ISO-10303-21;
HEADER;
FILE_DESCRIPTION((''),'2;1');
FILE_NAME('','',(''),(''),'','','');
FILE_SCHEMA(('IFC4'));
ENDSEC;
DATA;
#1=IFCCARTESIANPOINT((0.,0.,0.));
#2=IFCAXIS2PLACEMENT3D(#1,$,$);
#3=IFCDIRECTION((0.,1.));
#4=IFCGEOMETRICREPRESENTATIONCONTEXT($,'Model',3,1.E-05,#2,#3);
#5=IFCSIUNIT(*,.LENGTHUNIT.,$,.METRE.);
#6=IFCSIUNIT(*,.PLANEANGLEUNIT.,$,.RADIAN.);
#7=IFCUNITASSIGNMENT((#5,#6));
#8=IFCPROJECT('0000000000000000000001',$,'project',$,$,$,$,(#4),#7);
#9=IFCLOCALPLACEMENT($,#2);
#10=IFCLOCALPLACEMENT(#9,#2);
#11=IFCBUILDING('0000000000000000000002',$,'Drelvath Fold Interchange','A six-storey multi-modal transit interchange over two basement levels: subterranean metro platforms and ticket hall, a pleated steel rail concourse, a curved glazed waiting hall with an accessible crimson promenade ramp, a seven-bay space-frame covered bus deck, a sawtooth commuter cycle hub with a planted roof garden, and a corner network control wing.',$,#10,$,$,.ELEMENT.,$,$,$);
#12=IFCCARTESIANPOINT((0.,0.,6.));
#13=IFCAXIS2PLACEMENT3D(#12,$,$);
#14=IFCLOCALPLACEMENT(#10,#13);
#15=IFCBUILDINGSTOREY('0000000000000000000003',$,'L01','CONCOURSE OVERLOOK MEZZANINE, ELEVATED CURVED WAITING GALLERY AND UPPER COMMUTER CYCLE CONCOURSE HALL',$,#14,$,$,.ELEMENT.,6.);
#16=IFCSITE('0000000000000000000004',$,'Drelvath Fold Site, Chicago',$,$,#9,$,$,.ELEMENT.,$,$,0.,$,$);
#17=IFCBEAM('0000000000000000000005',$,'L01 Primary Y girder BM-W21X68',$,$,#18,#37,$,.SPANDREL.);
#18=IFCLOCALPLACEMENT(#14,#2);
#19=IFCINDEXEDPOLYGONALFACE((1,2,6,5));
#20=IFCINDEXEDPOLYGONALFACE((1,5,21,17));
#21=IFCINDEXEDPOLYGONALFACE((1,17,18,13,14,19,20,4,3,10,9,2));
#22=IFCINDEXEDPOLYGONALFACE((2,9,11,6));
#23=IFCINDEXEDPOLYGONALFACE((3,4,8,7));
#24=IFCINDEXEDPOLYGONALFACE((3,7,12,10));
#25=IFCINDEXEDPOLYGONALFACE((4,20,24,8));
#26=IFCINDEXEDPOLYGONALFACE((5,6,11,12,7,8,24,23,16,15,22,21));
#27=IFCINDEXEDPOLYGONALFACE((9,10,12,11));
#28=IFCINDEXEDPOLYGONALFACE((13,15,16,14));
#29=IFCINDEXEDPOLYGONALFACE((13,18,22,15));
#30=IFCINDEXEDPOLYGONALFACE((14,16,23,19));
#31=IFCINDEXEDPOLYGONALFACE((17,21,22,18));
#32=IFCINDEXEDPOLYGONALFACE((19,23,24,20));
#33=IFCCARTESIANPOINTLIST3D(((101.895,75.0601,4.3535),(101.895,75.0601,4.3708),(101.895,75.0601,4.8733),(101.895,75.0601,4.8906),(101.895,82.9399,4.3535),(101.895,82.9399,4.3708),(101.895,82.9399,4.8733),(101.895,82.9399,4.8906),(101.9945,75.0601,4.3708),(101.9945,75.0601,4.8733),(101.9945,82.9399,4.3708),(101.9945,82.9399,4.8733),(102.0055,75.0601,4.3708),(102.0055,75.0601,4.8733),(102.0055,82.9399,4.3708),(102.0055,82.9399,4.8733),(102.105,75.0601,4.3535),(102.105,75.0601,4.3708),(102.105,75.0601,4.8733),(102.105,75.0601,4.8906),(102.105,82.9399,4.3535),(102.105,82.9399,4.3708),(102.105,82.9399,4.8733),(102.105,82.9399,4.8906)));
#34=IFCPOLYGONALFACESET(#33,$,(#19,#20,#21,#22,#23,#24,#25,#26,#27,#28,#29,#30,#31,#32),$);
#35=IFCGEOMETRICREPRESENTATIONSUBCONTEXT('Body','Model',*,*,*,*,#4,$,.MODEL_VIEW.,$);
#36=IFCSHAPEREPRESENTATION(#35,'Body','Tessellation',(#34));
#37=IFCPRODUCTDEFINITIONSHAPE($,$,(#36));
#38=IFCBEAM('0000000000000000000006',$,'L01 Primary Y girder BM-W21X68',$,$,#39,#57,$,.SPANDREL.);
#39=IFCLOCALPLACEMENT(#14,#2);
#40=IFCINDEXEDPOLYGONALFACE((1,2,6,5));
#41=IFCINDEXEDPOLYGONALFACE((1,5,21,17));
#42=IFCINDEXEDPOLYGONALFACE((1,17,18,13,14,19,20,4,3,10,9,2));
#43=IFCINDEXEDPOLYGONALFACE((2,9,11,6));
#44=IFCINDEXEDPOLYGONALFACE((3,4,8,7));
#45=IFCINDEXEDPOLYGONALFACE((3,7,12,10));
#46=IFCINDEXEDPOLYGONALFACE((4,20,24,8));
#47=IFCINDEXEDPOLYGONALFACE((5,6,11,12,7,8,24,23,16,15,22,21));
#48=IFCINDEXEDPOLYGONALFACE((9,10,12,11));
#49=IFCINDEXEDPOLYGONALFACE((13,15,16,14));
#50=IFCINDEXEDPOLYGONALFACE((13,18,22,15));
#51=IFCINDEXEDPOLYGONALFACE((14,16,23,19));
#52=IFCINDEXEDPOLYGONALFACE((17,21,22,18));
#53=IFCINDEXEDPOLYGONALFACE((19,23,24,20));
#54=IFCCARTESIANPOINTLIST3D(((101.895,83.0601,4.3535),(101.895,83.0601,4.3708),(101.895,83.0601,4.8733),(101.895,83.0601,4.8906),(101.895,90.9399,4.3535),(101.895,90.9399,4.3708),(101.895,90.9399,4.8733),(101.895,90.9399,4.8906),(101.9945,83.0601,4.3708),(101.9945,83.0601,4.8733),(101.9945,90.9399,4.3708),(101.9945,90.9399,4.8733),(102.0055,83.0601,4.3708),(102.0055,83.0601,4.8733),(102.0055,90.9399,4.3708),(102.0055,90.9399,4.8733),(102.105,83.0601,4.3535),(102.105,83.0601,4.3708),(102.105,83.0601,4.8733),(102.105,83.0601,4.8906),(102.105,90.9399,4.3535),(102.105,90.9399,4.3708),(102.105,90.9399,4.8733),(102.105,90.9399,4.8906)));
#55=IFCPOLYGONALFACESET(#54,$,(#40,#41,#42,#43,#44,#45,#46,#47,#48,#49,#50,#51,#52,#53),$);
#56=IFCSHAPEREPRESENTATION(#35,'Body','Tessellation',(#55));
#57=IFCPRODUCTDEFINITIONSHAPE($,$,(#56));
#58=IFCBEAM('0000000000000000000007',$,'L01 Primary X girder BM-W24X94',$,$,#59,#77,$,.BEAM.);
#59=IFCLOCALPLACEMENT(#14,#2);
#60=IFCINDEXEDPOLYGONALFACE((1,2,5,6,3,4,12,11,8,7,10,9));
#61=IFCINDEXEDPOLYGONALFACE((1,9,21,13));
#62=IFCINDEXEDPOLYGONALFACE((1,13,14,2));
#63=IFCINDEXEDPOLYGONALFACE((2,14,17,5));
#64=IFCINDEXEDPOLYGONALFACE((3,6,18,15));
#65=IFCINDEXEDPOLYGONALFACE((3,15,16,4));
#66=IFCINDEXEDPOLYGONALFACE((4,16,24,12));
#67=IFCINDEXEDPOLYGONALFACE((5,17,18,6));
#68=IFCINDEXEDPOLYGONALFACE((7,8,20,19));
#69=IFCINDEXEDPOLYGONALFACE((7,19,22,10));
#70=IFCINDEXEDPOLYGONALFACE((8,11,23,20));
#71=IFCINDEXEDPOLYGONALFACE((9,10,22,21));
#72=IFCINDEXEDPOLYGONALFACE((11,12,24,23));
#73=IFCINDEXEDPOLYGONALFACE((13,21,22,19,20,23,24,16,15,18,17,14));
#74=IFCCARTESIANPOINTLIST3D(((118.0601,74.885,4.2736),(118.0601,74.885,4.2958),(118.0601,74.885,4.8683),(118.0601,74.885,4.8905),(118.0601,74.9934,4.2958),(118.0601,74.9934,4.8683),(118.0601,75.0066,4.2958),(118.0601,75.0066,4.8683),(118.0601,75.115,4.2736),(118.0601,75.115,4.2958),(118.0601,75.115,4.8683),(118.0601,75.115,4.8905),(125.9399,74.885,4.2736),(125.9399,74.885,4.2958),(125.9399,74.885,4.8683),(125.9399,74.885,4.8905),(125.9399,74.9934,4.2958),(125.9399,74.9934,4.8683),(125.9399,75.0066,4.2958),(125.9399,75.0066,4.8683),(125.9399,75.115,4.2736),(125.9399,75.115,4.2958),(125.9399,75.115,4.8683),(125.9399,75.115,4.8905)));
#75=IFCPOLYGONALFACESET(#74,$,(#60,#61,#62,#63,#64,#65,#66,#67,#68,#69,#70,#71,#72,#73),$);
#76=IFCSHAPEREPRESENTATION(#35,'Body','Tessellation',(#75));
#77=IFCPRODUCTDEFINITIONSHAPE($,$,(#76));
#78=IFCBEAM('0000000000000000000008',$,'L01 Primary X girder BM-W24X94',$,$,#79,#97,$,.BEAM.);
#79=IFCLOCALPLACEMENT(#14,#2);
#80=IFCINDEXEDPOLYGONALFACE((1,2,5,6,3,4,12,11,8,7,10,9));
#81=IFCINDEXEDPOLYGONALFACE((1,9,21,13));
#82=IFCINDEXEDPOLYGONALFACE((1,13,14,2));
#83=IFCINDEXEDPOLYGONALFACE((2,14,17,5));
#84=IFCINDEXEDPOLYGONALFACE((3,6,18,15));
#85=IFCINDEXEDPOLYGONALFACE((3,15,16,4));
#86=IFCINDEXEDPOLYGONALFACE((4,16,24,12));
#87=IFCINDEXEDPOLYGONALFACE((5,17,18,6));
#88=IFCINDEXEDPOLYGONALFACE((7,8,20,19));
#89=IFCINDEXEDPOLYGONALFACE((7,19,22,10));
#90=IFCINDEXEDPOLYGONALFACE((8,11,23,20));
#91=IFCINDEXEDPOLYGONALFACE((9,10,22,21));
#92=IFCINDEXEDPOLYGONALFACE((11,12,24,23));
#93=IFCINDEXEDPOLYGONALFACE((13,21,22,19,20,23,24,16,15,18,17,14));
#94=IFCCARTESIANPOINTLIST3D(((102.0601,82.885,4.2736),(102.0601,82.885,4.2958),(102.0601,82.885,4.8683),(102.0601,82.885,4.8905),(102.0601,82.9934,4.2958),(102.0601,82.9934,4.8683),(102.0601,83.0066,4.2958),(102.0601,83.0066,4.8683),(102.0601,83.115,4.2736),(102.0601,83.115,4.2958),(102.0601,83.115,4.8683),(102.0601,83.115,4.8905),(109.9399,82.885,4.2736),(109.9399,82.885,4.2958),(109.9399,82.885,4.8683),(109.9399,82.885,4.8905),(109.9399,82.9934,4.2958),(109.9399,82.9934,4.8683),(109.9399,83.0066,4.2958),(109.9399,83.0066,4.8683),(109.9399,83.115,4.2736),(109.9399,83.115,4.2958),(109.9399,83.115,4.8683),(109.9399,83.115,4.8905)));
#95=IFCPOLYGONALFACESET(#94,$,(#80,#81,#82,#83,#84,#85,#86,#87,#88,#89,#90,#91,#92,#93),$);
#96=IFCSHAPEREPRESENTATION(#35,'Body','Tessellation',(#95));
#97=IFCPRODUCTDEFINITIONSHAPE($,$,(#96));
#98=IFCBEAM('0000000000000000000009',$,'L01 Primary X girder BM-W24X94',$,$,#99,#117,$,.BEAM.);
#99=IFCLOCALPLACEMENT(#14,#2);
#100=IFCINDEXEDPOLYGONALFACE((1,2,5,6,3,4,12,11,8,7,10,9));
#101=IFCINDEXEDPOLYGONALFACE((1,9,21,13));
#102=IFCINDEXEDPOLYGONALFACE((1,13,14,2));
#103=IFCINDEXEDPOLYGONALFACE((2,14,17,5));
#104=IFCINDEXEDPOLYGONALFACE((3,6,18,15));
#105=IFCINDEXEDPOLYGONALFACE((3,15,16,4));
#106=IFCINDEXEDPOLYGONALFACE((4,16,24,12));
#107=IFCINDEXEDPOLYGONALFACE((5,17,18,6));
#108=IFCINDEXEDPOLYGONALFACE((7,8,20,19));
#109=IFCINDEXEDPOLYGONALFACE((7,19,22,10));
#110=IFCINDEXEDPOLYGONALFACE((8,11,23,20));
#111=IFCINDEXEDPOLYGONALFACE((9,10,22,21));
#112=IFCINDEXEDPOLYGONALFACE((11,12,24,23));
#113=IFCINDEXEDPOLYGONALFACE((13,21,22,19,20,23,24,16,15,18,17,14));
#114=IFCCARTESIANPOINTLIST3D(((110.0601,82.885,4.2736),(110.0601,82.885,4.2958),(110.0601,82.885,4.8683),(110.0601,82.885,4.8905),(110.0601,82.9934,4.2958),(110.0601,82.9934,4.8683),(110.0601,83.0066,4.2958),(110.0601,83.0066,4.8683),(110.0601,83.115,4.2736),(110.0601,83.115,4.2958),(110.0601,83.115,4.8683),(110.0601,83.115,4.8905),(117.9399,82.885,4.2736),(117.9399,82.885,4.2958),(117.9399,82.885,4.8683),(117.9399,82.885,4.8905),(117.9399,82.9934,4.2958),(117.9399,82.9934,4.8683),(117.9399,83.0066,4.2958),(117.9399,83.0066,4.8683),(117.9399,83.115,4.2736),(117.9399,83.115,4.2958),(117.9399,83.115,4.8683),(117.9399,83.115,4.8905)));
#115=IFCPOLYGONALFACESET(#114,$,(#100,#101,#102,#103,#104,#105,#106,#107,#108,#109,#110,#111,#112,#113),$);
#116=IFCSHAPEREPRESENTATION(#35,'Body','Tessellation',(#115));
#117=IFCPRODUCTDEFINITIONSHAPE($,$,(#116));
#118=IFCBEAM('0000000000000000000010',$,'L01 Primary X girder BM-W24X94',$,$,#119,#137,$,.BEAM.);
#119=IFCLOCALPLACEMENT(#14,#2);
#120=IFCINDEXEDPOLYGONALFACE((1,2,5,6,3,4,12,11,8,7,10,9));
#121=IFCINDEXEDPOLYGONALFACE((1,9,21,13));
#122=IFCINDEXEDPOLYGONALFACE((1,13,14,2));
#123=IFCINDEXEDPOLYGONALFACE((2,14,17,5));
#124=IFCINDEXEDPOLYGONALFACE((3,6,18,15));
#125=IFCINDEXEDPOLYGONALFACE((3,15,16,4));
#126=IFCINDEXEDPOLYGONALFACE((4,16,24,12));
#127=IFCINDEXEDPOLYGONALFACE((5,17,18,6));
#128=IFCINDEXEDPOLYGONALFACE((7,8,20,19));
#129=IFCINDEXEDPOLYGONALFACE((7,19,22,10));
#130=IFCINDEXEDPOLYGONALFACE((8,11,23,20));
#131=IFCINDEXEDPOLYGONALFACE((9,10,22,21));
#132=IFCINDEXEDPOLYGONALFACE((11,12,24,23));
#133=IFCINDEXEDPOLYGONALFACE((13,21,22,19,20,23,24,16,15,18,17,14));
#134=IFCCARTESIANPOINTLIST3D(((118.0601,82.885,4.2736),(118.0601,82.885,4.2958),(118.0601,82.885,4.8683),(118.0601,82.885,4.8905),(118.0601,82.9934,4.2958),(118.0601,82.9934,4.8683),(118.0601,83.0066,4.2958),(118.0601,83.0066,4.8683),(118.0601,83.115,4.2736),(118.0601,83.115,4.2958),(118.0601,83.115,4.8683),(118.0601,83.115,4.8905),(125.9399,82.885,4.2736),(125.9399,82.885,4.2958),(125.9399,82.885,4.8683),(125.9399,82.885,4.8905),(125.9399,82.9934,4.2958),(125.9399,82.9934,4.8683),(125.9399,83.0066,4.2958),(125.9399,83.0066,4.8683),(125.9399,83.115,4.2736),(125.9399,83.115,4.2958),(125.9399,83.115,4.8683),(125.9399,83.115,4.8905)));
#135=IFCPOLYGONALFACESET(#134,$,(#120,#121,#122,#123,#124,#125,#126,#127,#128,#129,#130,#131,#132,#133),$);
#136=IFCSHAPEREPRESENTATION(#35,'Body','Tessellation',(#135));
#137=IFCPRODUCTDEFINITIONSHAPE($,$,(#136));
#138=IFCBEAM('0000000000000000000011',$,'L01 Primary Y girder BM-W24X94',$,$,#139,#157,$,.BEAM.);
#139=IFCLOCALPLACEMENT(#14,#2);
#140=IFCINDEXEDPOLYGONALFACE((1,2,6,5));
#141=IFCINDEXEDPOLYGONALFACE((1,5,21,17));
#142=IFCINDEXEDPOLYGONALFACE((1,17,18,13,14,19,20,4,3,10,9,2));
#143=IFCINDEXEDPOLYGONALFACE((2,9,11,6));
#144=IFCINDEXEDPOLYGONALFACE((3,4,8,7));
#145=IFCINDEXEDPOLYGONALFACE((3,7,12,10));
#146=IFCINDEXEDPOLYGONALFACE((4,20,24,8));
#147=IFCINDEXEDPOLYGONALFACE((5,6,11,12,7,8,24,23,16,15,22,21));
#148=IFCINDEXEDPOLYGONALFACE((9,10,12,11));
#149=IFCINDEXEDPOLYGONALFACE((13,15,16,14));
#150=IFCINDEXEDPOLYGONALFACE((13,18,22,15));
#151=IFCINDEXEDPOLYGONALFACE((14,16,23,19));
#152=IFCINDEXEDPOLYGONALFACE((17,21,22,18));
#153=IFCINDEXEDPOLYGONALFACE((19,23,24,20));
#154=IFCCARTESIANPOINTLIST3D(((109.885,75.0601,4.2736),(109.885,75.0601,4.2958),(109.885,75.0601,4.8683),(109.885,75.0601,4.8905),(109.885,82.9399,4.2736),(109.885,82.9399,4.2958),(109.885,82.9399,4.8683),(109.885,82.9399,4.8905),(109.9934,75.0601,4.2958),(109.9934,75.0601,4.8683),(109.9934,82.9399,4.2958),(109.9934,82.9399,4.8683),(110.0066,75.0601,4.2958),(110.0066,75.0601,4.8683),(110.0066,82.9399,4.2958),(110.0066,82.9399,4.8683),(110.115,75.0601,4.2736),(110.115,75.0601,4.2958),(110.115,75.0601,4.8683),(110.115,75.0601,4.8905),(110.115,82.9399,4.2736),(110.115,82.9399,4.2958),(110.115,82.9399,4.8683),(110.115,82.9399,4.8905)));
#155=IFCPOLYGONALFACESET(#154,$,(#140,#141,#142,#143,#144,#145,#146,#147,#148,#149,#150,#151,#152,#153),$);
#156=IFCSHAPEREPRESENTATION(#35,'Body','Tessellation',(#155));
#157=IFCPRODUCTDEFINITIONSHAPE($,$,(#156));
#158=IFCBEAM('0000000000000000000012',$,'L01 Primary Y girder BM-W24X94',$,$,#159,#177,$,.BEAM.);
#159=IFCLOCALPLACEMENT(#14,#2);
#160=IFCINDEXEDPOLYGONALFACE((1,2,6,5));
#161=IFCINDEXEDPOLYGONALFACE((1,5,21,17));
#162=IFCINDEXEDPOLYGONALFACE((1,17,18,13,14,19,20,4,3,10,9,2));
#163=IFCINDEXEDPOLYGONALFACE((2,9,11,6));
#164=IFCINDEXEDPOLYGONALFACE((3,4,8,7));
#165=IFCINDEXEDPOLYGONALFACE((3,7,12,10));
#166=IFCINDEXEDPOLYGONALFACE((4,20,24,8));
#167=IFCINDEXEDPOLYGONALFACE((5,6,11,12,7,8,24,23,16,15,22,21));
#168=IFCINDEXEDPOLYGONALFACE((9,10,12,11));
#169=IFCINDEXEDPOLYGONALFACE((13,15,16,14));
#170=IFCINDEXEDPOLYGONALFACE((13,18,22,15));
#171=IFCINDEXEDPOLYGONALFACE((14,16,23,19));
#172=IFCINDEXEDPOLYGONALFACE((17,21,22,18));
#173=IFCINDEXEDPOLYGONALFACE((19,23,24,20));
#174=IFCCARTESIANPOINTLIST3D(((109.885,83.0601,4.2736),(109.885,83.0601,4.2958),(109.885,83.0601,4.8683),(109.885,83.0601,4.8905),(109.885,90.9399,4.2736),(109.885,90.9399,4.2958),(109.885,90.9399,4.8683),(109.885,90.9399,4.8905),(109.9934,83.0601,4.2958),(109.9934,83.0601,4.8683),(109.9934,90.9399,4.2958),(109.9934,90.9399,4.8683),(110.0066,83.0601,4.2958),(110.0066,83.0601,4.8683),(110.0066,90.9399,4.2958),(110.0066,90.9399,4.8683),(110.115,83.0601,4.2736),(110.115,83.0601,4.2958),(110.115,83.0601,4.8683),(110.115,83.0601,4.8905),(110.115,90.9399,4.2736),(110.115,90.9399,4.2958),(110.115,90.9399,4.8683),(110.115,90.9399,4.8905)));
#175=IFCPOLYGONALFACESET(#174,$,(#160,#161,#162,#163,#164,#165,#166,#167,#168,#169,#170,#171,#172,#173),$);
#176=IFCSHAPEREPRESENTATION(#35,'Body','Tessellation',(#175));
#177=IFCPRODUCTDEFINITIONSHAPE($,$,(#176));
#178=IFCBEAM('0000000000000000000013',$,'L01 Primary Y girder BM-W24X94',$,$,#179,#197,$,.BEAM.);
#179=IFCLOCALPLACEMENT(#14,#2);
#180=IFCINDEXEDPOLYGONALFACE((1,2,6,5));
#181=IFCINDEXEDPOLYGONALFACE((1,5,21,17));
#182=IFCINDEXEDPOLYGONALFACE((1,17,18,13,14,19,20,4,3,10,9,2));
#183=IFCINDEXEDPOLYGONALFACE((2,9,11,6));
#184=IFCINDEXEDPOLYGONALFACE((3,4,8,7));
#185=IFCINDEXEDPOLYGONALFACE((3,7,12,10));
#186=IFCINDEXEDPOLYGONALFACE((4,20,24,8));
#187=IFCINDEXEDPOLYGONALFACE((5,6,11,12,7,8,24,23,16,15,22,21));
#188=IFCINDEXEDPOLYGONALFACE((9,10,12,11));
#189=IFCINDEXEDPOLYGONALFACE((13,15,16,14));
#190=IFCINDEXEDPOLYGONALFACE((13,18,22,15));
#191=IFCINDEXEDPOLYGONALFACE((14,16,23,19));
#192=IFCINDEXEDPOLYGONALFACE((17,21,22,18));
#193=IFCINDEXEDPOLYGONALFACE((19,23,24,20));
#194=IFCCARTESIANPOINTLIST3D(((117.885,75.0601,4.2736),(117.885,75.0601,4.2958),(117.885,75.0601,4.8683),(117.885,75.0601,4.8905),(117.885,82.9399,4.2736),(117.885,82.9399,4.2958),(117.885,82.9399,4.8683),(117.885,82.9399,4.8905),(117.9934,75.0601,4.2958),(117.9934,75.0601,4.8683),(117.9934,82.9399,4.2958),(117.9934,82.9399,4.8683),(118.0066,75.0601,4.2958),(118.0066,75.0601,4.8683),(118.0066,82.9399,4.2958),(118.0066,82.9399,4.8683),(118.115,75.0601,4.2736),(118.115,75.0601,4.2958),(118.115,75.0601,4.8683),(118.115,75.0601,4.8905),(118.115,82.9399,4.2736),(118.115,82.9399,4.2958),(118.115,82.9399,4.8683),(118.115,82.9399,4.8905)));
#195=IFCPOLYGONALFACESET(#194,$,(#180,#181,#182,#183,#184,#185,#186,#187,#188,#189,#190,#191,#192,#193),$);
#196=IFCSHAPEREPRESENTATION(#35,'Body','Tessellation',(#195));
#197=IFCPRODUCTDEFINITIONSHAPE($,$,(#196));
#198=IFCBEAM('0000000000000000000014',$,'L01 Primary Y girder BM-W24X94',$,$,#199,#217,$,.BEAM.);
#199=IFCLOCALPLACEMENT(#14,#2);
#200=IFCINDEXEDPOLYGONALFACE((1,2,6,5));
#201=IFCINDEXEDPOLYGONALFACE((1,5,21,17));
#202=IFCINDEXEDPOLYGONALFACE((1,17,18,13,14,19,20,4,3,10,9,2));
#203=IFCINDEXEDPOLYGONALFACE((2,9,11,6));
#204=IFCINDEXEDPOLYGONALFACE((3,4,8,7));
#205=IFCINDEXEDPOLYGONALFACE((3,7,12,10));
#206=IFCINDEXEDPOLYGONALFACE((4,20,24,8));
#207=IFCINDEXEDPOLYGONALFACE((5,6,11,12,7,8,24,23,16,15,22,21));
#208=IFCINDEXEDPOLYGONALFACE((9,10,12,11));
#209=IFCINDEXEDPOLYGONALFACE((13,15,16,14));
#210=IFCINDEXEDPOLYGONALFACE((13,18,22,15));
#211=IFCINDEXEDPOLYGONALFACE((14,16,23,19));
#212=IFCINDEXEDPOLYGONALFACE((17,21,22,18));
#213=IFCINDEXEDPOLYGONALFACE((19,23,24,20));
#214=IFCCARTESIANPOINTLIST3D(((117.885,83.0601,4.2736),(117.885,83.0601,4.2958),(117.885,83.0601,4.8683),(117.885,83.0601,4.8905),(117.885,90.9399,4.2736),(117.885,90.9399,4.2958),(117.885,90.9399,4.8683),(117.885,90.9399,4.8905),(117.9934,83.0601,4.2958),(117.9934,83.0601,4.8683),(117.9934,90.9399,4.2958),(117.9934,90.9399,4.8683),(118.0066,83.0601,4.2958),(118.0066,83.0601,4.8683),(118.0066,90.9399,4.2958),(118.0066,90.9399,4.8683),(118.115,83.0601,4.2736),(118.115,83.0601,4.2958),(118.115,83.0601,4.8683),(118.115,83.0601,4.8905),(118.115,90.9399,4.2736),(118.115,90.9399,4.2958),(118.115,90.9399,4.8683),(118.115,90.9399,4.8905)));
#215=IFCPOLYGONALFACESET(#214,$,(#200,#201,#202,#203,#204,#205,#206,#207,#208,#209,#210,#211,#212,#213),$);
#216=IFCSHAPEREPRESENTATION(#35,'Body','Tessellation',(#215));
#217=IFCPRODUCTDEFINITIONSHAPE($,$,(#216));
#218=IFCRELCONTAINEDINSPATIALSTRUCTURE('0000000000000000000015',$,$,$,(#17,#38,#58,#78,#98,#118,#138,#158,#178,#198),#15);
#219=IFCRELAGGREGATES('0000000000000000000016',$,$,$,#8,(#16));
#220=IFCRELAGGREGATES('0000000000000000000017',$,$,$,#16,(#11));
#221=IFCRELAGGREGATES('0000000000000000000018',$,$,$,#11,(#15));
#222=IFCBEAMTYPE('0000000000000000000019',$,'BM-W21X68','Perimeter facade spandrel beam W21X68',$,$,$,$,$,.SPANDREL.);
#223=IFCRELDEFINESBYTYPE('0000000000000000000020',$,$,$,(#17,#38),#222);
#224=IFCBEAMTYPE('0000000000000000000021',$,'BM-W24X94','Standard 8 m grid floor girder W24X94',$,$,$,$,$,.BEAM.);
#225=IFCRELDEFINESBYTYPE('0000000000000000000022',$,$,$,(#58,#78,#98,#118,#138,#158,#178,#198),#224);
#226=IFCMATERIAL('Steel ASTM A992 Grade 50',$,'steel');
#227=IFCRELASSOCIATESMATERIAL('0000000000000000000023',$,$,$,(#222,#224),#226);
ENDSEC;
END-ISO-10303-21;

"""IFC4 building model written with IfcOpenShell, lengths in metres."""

from ifc_helpers import new_model, si_unit, direction, frame, origin, origin_2d, place, context, subcontext, project, spatial, i_section, extrude, material, material_profile, profile_set, type_object, element, save


model = new_model("IFC4")

# Units and contexts
model_context = context("Model", 3, precision=1e-05, world=origin(), true_north=direction((0.0, 1.0)))
body_context = subcontext(model_context, "Body", "Model", "MODEL_VIEW")
ifc_project = project(units=[si_unit("LENGTHUNIT", "METRE"), si_unit("PLANEANGLEUNIT", "RADIAN")], contexts=[model_context])

# Site, building, storey
site_placement = place(None, origin())
site = spatial("IfcSite", under=ifc_project, at=site_placement, Name="Drelvath Fold Site, Chicago", CompositionType="ELEMENT", RefElevation=0.0)
building_placement = place(site_placement, origin())
building = spatial("IfcBuilding", under=site, at=building_placement, Name="Drelvath Fold Interchange", Description="A six-storey multi-modal transit interchange over two basement levels: subterranean metro platforms and ticket hall, a pleated steel rail concourse, a curved glazed waiting hall with an accessible crimson promenade ramp, a seven-bay space-frame covered bus deck, a sawtooth commuter cycle hub with a planted roof garden, and a corner network control wing.", CompositionType="ELEMENT")
storey_placement = place(building_placement, frame((0.0, 0.0, 6.0)))
storey = spatial("IfcBuildingStorey", under=building, at=storey_placement, Name="L01", Description="CONCOURSE OVERLOOK MEZZANINE, ELEVATED CURVED WAITING GALLERY AND UPPER COMMUTER CYCLE CONCOURSE HALL", CompositionType="ELEMENT", Elevation=6.0)

# Shared definitions
ifc_material_1 = material(Name="Steel ASTM A992 Grade 50", Category="steel")

# Beams
ifc_material_profile_1 = material_profile(ifc_material_1, i_section(OverallWidth=0.21, OverallDepth=0.5371, WebThickness=0.011, FlangeThickness=0.0173, at=origin_2d()), Name="W21X68")
ifc_profile_set_1 = profile_set([ifc_material_profile_1], Name="Steel ASTM A992 Grade 50")
beam_type_1 = type_object("IfcBeamType", Name="BM-W21X68", Description="Perimeter facade spandrel beam W21X68", PredefinedType="SPANDREL", material=ifc_profile_set_1)
for number, where, z_axis, x_axis, name in (
    (1, (102.0, 75.0601, 4.6221), (0.0, 1.0, 0.0), (-1.0, 0.0, 0.0), "L01 Primary Y girder BM-W21X68"),
    (2, (102.0, 83.0601, 4.6221), (0.0, 1.0, 0.0), (-1.0, 0.0, 0.0), "L01 Primary Y girder BM-W21X68"),
):
    element("IfcBeam", number, at=place(storey_placement, frame(where, z_axis=z_axis, x_axis=x_axis)), inside=storey, type_object=beam_type_1, Name=name, PredefinedType="SPANDREL", context=body_context, shape_type="SweptSolid", body=[
        extrude(i_section(OverallWidth=0.21, OverallDepth=0.5371, WebThickness=0.011, FlangeThickness=0.0173, at=origin_2d()), origin(), (0.0, 0.0, 1.0), 7.8799),
    ])
ifc_material_profile_2 = material_profile(ifc_material_1, i_section(OverallWidth=0.23, OverallDepth=0.6169, WebThickness=0.0132, FlangeThickness=0.0222, at=origin_2d()), Name="W24X94")
ifc_profile_set_2 = profile_set([ifc_material_profile_2], Name="Steel ASTM A992 Grade 50")
beam_type_2 = type_object("IfcBeamType", Name="BM-W24X94", Description="Standard 8 m grid floor girder W24X94", PredefinedType="BEAM", material=ifc_profile_set_2)
for number, where, z_axis, x_axis, name in (
    (3, (118.0601, 75.0, 4.582), (1.0, 0.0, 0.0), (0.0, 1.0, 0.0), "L01 Primary X girder BM-W24X94"),
    (4, (102.0601, 83.0, 4.582), (1.0, 0.0, 0.0), (0.0, 1.0, 0.0), "L01 Primary X girder BM-W24X94"),
    (5, (110.0601, 83.0, 4.582), (1.0, 0.0, 0.0), (0.0, 1.0, 0.0), "L01 Primary X girder BM-W24X94"),
    (6, (118.0601, 83.0, 4.582), (1.0, 0.0, 0.0), (0.0, 1.0, 0.0), "L01 Primary X girder BM-W24X94"),
    (7, (110.0, 75.0601, 4.582), (0.0, 1.0, 0.0), (-1.0, 0.0, 0.0), "L01 Primary Y girder BM-W24X94"),
    (8, (110.0, 83.0601, 4.582), (0.0, 1.0, 0.0), (-1.0, 0.0, 0.0), "L01 Primary Y girder BM-W24X94"),
    (9, (118.0, 75.0601, 4.582), (0.0, 1.0, 0.0), (-1.0, 0.0, 0.0), "L01 Primary Y girder BM-W24X94"),
    (10, (118.0, 83.0601, 4.582), (0.0, 1.0, 0.0), (-1.0, 0.0, 0.0), "L01 Primary Y girder BM-W24X94"),
):
    element("IfcBeam", number, at=place(storey_placement, frame(where, z_axis=z_axis, x_axis=x_axis)), inside=storey, type_object=beam_type_2, Name=name, PredefinedType="BEAM", context=body_context, shape_type="SweptSolid", body=[
        extrude(i_section(OverallWidth=0.23, OverallDepth=0.6169, WebThickness=0.0132, FlangeThickness=0.0222, at=origin_2d()), origin(), (0.0, 0.0, 1.0), 7.8799),
    ])

save(model, "model.ifc")
